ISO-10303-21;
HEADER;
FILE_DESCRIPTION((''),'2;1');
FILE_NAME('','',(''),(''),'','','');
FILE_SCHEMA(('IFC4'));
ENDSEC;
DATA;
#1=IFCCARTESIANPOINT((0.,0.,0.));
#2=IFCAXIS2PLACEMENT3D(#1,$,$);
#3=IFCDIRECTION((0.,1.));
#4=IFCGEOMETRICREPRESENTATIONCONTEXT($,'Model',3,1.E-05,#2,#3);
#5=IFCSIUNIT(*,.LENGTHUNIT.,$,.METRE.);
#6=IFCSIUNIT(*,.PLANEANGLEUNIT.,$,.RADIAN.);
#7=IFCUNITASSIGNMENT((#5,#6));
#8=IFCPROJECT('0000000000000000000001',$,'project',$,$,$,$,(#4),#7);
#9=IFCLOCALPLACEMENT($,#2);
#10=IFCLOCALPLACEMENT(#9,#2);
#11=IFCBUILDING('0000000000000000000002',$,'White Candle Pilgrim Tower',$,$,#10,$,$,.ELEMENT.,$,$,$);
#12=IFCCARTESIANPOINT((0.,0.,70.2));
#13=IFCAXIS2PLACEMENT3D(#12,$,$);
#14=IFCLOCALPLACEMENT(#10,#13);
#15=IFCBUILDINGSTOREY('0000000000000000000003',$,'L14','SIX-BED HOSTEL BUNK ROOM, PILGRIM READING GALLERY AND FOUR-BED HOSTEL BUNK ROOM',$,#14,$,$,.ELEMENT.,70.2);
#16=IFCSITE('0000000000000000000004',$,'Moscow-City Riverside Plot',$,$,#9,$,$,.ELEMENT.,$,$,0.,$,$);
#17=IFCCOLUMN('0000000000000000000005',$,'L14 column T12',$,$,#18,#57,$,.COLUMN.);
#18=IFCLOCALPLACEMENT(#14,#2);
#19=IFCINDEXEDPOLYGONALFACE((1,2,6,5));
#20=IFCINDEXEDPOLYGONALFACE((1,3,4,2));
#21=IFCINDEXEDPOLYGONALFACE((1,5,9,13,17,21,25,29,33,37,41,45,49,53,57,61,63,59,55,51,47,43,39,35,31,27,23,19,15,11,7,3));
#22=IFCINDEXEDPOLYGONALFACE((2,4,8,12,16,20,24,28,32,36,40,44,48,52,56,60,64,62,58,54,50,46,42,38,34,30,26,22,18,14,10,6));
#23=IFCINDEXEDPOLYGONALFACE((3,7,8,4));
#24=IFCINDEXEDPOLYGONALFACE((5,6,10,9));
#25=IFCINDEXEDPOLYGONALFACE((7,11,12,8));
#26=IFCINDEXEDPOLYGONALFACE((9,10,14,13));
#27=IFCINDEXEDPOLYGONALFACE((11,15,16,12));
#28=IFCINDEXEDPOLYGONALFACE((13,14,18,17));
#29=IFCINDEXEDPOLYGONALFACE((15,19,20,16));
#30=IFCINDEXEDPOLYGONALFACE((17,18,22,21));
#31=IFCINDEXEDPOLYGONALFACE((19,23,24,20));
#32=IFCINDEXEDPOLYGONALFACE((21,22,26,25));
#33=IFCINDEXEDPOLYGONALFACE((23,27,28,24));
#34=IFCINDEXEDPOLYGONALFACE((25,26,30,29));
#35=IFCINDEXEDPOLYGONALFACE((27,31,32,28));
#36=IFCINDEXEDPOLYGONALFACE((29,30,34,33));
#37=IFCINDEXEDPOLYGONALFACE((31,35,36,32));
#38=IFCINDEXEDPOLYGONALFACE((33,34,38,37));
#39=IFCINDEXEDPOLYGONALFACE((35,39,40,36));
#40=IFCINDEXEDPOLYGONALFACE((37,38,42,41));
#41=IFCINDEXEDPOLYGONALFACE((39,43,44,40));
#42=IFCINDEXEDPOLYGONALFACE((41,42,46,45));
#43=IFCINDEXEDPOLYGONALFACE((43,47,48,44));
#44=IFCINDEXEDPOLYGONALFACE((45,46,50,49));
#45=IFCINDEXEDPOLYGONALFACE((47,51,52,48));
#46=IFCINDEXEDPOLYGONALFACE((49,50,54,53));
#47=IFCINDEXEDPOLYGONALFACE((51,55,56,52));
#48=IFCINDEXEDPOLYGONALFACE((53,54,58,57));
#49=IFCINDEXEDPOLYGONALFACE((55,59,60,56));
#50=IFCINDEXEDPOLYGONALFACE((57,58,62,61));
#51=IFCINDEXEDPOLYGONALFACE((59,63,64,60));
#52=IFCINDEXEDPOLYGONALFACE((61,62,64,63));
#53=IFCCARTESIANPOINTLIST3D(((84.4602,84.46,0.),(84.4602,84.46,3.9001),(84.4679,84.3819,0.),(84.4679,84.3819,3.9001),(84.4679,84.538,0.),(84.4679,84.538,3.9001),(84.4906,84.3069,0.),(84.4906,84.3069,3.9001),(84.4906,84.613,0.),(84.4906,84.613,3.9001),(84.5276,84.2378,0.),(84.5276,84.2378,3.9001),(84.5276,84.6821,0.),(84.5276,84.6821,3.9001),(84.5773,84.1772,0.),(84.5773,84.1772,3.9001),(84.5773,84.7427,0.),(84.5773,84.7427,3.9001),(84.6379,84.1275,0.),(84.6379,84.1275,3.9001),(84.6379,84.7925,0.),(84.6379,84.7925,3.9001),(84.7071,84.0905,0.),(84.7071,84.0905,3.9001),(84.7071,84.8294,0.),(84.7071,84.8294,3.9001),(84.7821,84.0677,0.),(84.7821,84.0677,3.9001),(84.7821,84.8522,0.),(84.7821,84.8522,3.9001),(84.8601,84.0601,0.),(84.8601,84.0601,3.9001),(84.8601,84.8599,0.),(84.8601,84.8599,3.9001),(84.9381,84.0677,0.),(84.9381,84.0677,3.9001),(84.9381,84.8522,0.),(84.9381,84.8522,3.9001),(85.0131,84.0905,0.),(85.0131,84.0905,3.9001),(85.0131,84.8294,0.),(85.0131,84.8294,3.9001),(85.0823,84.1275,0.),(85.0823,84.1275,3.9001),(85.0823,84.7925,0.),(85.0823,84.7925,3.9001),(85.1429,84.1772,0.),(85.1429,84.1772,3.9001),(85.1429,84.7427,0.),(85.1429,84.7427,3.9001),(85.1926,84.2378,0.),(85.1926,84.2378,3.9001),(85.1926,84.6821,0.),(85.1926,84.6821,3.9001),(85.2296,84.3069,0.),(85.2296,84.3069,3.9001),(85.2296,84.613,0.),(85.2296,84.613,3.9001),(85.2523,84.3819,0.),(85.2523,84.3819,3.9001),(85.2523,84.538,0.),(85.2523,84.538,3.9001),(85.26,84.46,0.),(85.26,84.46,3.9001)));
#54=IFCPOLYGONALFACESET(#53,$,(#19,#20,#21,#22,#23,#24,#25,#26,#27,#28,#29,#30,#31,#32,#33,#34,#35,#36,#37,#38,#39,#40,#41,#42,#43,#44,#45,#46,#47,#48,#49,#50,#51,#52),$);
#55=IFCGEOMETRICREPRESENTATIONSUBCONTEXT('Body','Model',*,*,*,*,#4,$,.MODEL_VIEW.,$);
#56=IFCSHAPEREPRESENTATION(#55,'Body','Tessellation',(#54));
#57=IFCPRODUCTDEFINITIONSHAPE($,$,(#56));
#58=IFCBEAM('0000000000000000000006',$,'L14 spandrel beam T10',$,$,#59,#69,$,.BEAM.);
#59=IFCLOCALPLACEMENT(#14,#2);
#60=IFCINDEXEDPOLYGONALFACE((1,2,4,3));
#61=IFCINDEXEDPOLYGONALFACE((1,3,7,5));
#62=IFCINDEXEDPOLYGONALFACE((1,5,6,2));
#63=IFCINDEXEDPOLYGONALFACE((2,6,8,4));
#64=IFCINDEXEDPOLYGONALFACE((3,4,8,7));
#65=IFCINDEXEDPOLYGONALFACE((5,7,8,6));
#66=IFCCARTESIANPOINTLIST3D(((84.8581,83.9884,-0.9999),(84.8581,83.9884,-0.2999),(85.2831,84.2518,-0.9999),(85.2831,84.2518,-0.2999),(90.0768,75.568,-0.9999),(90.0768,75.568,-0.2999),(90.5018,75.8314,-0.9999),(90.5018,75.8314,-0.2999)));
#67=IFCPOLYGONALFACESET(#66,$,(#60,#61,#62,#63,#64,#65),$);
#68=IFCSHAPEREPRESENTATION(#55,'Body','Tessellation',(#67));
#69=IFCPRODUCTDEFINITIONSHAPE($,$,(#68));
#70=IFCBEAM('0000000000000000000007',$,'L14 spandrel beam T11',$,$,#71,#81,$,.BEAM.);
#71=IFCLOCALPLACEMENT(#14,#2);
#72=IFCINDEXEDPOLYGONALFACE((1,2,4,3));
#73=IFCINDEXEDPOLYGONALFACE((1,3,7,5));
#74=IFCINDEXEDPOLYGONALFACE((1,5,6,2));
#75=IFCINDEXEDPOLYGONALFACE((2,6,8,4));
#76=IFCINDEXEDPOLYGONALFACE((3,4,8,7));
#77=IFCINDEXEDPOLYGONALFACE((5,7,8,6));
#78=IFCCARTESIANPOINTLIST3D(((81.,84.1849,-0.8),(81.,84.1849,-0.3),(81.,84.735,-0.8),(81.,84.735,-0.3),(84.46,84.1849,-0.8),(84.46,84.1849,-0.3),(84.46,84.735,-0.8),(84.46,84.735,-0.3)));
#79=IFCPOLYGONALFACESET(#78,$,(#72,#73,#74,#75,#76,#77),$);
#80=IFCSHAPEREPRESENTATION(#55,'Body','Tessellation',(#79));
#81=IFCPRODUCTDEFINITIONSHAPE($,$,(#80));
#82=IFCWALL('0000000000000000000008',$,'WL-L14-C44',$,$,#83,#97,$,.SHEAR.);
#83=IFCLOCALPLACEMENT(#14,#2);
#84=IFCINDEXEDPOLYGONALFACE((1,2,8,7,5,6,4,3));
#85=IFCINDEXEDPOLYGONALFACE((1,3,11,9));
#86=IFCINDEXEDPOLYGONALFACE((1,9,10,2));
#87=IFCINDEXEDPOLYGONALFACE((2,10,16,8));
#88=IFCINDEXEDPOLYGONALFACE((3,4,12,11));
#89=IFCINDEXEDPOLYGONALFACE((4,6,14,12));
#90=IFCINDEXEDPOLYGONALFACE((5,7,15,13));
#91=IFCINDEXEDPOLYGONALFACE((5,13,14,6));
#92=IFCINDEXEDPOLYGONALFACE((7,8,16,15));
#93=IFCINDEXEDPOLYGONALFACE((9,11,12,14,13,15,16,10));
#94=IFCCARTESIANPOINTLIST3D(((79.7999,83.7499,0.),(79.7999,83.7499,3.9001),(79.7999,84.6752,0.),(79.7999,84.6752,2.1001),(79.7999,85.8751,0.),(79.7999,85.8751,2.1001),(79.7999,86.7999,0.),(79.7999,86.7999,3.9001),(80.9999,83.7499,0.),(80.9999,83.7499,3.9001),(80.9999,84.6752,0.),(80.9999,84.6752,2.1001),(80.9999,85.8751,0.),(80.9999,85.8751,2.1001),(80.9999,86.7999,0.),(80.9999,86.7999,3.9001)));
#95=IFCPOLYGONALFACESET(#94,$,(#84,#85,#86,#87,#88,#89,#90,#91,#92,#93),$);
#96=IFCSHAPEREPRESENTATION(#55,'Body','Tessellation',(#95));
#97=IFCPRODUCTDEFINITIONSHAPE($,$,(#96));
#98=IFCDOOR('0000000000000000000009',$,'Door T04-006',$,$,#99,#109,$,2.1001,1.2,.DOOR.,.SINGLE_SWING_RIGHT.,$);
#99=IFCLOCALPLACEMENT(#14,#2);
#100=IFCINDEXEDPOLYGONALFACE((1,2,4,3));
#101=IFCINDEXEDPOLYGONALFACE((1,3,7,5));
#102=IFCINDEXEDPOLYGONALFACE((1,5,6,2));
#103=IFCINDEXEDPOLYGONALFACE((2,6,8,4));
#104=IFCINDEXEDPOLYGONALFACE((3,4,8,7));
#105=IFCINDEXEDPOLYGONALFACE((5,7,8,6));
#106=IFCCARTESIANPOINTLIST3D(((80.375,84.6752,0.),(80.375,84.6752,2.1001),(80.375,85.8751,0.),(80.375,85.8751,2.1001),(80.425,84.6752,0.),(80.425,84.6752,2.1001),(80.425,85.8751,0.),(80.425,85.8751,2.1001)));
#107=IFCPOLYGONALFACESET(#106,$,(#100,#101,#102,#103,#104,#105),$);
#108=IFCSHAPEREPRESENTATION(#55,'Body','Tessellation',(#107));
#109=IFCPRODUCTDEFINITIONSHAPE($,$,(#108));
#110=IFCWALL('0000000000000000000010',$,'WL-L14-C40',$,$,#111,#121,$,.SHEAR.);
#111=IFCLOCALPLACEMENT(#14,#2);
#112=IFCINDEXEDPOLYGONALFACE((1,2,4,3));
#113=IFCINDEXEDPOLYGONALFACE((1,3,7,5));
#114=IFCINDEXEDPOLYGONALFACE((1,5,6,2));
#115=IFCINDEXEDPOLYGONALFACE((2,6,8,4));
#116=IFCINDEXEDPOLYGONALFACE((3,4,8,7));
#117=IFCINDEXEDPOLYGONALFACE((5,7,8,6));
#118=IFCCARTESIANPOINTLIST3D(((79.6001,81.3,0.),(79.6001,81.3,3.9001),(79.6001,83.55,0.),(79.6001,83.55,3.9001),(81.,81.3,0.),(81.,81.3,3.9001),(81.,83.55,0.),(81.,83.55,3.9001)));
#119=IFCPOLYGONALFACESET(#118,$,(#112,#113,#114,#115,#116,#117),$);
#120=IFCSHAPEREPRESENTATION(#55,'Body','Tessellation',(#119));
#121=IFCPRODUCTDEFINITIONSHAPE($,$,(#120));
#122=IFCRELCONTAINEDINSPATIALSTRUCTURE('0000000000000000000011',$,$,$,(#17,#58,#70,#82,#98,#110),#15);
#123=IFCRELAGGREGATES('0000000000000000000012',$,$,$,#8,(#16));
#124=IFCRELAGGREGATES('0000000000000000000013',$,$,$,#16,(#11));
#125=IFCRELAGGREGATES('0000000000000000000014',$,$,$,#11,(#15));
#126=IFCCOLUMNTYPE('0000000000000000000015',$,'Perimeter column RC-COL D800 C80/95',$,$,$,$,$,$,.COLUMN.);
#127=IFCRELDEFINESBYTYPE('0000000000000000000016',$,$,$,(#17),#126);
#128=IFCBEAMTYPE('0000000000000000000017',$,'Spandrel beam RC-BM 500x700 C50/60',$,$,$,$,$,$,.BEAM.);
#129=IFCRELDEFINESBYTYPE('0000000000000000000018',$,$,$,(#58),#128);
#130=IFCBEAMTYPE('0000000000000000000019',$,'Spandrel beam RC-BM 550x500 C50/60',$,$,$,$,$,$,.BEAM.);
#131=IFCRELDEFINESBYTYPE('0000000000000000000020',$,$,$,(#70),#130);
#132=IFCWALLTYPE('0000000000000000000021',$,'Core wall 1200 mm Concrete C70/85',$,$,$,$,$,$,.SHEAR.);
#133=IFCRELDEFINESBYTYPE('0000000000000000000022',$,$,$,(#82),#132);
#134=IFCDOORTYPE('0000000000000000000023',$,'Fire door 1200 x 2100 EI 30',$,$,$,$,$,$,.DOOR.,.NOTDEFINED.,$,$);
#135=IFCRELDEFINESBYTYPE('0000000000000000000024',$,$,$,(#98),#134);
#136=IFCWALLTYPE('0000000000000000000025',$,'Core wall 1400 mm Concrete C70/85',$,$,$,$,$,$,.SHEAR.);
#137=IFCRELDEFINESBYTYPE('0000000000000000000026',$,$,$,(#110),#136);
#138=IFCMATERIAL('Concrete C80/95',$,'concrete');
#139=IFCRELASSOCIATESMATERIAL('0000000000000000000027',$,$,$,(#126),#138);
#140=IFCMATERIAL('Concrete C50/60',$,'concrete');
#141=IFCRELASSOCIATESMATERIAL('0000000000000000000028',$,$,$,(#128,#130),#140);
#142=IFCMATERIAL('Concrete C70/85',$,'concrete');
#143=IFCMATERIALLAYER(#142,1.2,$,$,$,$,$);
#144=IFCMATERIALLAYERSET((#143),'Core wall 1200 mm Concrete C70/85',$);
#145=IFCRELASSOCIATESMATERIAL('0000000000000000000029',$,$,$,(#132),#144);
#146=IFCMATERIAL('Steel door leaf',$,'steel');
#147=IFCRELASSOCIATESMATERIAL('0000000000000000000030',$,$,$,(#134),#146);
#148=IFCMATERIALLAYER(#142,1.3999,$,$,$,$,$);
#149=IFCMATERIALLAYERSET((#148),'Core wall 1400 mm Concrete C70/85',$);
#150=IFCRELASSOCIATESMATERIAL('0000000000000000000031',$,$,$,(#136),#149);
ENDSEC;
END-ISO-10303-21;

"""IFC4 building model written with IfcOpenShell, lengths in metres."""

from ifc_helpers import new_model, si_unit, direction, frame, frame_2d, origin, origin_2d, place, context, subcontext, project, spatial, rectangle, circle, extrude, material, layer, layer_set, material_profile, profile_set, type_object, element, fill, save


model = new_model("IFC4")

# Units and contexts
model_context = context("Model", 3, precision=1e-05, world=origin(), true_north=direction((0.0, 1.0)))
body_context = subcontext(model_context, "Body", "Model", "MODEL_VIEW")
ifc_project = project(units=[si_unit("LENGTHUNIT", "METRE"), si_unit("PLANEANGLEUNIT", "RADIAN")], contexts=[model_context])

# Site, building, storey
site_placement = place(None, origin())
site = spatial("IfcSite", under=ifc_project, at=site_placement, Name="Moscow-City Riverside Plot", CompositionType="ELEMENT", RefElevation=0.0)
building_placement = place(site_placement, origin())
building = spatial("IfcBuilding", under=site, at=building_placement, Name="White Candle Pilgrim Tower", CompositionType="ELEMENT")
storey_placement = place(building_placement, frame((0.0, 0.0, 70.2)))
storey = spatial("IfcBuildingStorey", under=building, at=storey_placement, Name="L14", Description="SIX-BED HOSTEL BUNK ROOM, PILGRIM READING GALLERY AND FOUR-BED HOSTEL BUNK ROOM", CompositionType="ELEMENT", Elevation=70.2)

# Column
ifc_material_1 = material(Name="Concrete C80/95", Category="concrete")
ifc_material_profile_1 = material_profile(ifc_material_1, circle(Radius=0.3999, at=origin_2d()), Name="RC-COL D800")
ifc_profile_set_1 = profile_set([ifc_material_profile_1], Name="Concrete C80/95")
column_type = type_object("IfcColumnType", Name="Perimeter column RC-COL D800 C80/95", PredefinedType="COLUMN", material=ifc_profile_set_1)
column_placement = place(storey_placement, frame((84.8601, 84.46, 0.0), z_axis=(0.0, 0.0, 1.0), x_axis=(1.0, 0.0, 0.0)))
element("IfcColumn", 1, at=column_placement, inside=storey, type_object=column_type, Name="L14 column T12", PredefinedType="COLUMN", context=body_context, shape_type="SweptSolid", body=[
    extrude(circle(Radius=0.3999, at=origin_2d()), origin(), (0.0, 0.0, 1.0), 3.9001),
])

# Beams
ifc_material_2 = material(Name="Concrete C50/60", Category="concrete")
ifc_material_profile_2 = material_profile(ifc_material_2, rectangle(XDim=0.5, YDim=0.7, at=origin_2d()), Name="RC-BM 500x700")
ifc_profile_set_2 = profile_set([ifc_material_profile_2], Name="Concrete C50/60")
beam_type_1 = type_object("IfcBeamType", Name="Spandrel beam RC-BM 500x700 C50/60", PredefinedType="BEAM", material=ifc_profile_set_2)
beam_1_placement = place(storey_placement, frame((90.2893, 75.6997, -0.6499), z_axis=(-0.526801, 0.849989, 0.0), x_axis=(-0.849989, -0.526801, 0.0)))
element("IfcBeam", 2, at=beam_1_placement, inside=storey, type_object=beam_type_1, Name="L14 spandrel beam T10", PredefinedType="BEAM", context=body_context, shape_type="SweptSolid", body=[
    extrude(rectangle(XDim=0.5, YDim=0.7, at=origin_2d()), origin(), (0.0, 0.0, 1.0), 9.9065),
])
ifc_material_profile_3 = material_profile(ifc_material_2, rectangle(XDim=0.55, YDim=0.5, at=origin_2d()), Name="RC-BM 550x500")
ifc_profile_set_3 = profile_set([ifc_material_profile_3], Name="Concrete C50/60")
beam_type_2 = type_object("IfcBeamType", Name="Spandrel beam RC-BM 550x500 C50/60", PredefinedType="BEAM", material=ifc_profile_set_3)
beam_2_placement = place(storey_placement, frame((84.46, 84.46, -0.55), z_axis=(-1.0, 0.0, 0.0), x_axis=(0.0, -1.0, 0.0)))
element("IfcBeam", 3, at=beam_2_placement, inside=storey, type_object=beam_type_2, Name="L14 spandrel beam T11", PredefinedType="BEAM", context=body_context, shape_type="SweptSolid", body=[
    extrude(rectangle(XDim=0.55, YDim=0.5, at=origin_2d()), origin(), (0.0, 0.0, 1.0), 3.46),
])

# Wall, opening, door
ifc_material_3 = material(Name="Concrete C70/85", Category="concrete")
ifc_layer_1 = layer(ifc_material_3, 1.2)
ifc_layer_set_1 = layer_set([ifc_layer_1], Name="Core wall 1200 mm Concrete C70/85")
wall_type_1 = type_object("IfcWallType", Name="Core wall 1200 mm Concrete C70/85", PredefinedType="SHEAR", material=ifc_layer_set_1)
wall_1_placement = place(storey_placement, frame((80.3999, 83.75, 0.0), z_axis=(0.0, 0.0, 1.0), x_axis=(0.0, 1.0, 0.0)))
wall_1 = element("IfcWall", 4, at=wall_1_placement, inside=storey, type_object=wall_type_1, Name="WL-L14-C44", PredefinedType="SHEAR", context=body_context, shape_type="SweptSolid", body=[
    extrude(rectangle(XDim=3.05, YDim=1.2, at=frame_2d((1.5249, 0.0))), origin(), (0.0, 0.0, 1.0), 3.9001),
])
opening_1_placement = place(wall_1_placement, frame((0.925, 0.0, 0.0)))
opening_1 = element("IfcOpeningElement", 5, at=opening_1_placement, cuts=wall_1, PredefinedType="OPENING", context=body_context, shape_type="SweptSolid", body=[
    extrude(rectangle(XDim=1.2, YDim=2.1001, at=frame_2d((0.6001, 1.05))), frame((0.0, 0.6099, 0.0), z_axis=(0.0, -1.0, 0.0), x_axis=(1.0, 0.0, 0.0)), (0.0, 0.0, 1.0), 1.22),
])
ifc_material_4 = material(Name="Steel door leaf", Category="steel")
door_type_1 = type_object("IfcDoorType", Name="Fire door 1200 x 2100 EI 30", OperationType="NOTDEFINED", PredefinedType="DOOR", material=ifc_material_4)
door_1_placement = place(opening_1_placement, origin())
door_1 = element("IfcDoor", 6, at=door_1_placement, inside=storey, type_object=door_type_1, Name="Door T04-006", OperationType="SINGLE_SWING_RIGHT", OverallHeight=2.1001, OverallWidth=1.2, PredefinedType="DOOR", context=body_context, shape_type="SweptSolid", body=[
    extrude(rectangle(XDim=1.2, YDim=2.1001, at=frame_2d((0.6001, 1.05))), frame((0.0, 0.0249, 0.0), z_axis=(0.0, -1.0, 0.0), x_axis=(1.0, 0.0, 0.0)), (0.0, 0.0, 1.0), 0.05),
])
fill(opening_1, door_1)

# Wall
ifc_layer_2 = layer(ifc_material_3, 1.3999)
ifc_layer_set_2 = layer_set([ifc_layer_2], Name="Core wall 1400 mm Concrete C70/85")
wall_type_2 = type_object("IfcWallType", Name="Core wall 1400 mm Concrete C70/85", PredefinedType="SHEAR", material=ifc_layer_set_2)
wall_2_placement = place(storey_placement, frame((80.3, 81.3, 0.0), z_axis=(0.0, 0.0, 1.0), x_axis=(0.0, 1.0, 0.0)))
element("IfcWall", 7, at=wall_2_placement, inside=storey, type_object=wall_type_2, Name="WL-L14-C40", PredefinedType="SHEAR", context=body_context, shape_type="SweptSolid", body=[
    extrude(rectangle(XDim=2.25, YDim=1.3999, at=frame_2d((1.125, 0.0))), origin(), (0.0, 0.0, 1.0), 3.9001),
])

save(model, "model.ifc")
